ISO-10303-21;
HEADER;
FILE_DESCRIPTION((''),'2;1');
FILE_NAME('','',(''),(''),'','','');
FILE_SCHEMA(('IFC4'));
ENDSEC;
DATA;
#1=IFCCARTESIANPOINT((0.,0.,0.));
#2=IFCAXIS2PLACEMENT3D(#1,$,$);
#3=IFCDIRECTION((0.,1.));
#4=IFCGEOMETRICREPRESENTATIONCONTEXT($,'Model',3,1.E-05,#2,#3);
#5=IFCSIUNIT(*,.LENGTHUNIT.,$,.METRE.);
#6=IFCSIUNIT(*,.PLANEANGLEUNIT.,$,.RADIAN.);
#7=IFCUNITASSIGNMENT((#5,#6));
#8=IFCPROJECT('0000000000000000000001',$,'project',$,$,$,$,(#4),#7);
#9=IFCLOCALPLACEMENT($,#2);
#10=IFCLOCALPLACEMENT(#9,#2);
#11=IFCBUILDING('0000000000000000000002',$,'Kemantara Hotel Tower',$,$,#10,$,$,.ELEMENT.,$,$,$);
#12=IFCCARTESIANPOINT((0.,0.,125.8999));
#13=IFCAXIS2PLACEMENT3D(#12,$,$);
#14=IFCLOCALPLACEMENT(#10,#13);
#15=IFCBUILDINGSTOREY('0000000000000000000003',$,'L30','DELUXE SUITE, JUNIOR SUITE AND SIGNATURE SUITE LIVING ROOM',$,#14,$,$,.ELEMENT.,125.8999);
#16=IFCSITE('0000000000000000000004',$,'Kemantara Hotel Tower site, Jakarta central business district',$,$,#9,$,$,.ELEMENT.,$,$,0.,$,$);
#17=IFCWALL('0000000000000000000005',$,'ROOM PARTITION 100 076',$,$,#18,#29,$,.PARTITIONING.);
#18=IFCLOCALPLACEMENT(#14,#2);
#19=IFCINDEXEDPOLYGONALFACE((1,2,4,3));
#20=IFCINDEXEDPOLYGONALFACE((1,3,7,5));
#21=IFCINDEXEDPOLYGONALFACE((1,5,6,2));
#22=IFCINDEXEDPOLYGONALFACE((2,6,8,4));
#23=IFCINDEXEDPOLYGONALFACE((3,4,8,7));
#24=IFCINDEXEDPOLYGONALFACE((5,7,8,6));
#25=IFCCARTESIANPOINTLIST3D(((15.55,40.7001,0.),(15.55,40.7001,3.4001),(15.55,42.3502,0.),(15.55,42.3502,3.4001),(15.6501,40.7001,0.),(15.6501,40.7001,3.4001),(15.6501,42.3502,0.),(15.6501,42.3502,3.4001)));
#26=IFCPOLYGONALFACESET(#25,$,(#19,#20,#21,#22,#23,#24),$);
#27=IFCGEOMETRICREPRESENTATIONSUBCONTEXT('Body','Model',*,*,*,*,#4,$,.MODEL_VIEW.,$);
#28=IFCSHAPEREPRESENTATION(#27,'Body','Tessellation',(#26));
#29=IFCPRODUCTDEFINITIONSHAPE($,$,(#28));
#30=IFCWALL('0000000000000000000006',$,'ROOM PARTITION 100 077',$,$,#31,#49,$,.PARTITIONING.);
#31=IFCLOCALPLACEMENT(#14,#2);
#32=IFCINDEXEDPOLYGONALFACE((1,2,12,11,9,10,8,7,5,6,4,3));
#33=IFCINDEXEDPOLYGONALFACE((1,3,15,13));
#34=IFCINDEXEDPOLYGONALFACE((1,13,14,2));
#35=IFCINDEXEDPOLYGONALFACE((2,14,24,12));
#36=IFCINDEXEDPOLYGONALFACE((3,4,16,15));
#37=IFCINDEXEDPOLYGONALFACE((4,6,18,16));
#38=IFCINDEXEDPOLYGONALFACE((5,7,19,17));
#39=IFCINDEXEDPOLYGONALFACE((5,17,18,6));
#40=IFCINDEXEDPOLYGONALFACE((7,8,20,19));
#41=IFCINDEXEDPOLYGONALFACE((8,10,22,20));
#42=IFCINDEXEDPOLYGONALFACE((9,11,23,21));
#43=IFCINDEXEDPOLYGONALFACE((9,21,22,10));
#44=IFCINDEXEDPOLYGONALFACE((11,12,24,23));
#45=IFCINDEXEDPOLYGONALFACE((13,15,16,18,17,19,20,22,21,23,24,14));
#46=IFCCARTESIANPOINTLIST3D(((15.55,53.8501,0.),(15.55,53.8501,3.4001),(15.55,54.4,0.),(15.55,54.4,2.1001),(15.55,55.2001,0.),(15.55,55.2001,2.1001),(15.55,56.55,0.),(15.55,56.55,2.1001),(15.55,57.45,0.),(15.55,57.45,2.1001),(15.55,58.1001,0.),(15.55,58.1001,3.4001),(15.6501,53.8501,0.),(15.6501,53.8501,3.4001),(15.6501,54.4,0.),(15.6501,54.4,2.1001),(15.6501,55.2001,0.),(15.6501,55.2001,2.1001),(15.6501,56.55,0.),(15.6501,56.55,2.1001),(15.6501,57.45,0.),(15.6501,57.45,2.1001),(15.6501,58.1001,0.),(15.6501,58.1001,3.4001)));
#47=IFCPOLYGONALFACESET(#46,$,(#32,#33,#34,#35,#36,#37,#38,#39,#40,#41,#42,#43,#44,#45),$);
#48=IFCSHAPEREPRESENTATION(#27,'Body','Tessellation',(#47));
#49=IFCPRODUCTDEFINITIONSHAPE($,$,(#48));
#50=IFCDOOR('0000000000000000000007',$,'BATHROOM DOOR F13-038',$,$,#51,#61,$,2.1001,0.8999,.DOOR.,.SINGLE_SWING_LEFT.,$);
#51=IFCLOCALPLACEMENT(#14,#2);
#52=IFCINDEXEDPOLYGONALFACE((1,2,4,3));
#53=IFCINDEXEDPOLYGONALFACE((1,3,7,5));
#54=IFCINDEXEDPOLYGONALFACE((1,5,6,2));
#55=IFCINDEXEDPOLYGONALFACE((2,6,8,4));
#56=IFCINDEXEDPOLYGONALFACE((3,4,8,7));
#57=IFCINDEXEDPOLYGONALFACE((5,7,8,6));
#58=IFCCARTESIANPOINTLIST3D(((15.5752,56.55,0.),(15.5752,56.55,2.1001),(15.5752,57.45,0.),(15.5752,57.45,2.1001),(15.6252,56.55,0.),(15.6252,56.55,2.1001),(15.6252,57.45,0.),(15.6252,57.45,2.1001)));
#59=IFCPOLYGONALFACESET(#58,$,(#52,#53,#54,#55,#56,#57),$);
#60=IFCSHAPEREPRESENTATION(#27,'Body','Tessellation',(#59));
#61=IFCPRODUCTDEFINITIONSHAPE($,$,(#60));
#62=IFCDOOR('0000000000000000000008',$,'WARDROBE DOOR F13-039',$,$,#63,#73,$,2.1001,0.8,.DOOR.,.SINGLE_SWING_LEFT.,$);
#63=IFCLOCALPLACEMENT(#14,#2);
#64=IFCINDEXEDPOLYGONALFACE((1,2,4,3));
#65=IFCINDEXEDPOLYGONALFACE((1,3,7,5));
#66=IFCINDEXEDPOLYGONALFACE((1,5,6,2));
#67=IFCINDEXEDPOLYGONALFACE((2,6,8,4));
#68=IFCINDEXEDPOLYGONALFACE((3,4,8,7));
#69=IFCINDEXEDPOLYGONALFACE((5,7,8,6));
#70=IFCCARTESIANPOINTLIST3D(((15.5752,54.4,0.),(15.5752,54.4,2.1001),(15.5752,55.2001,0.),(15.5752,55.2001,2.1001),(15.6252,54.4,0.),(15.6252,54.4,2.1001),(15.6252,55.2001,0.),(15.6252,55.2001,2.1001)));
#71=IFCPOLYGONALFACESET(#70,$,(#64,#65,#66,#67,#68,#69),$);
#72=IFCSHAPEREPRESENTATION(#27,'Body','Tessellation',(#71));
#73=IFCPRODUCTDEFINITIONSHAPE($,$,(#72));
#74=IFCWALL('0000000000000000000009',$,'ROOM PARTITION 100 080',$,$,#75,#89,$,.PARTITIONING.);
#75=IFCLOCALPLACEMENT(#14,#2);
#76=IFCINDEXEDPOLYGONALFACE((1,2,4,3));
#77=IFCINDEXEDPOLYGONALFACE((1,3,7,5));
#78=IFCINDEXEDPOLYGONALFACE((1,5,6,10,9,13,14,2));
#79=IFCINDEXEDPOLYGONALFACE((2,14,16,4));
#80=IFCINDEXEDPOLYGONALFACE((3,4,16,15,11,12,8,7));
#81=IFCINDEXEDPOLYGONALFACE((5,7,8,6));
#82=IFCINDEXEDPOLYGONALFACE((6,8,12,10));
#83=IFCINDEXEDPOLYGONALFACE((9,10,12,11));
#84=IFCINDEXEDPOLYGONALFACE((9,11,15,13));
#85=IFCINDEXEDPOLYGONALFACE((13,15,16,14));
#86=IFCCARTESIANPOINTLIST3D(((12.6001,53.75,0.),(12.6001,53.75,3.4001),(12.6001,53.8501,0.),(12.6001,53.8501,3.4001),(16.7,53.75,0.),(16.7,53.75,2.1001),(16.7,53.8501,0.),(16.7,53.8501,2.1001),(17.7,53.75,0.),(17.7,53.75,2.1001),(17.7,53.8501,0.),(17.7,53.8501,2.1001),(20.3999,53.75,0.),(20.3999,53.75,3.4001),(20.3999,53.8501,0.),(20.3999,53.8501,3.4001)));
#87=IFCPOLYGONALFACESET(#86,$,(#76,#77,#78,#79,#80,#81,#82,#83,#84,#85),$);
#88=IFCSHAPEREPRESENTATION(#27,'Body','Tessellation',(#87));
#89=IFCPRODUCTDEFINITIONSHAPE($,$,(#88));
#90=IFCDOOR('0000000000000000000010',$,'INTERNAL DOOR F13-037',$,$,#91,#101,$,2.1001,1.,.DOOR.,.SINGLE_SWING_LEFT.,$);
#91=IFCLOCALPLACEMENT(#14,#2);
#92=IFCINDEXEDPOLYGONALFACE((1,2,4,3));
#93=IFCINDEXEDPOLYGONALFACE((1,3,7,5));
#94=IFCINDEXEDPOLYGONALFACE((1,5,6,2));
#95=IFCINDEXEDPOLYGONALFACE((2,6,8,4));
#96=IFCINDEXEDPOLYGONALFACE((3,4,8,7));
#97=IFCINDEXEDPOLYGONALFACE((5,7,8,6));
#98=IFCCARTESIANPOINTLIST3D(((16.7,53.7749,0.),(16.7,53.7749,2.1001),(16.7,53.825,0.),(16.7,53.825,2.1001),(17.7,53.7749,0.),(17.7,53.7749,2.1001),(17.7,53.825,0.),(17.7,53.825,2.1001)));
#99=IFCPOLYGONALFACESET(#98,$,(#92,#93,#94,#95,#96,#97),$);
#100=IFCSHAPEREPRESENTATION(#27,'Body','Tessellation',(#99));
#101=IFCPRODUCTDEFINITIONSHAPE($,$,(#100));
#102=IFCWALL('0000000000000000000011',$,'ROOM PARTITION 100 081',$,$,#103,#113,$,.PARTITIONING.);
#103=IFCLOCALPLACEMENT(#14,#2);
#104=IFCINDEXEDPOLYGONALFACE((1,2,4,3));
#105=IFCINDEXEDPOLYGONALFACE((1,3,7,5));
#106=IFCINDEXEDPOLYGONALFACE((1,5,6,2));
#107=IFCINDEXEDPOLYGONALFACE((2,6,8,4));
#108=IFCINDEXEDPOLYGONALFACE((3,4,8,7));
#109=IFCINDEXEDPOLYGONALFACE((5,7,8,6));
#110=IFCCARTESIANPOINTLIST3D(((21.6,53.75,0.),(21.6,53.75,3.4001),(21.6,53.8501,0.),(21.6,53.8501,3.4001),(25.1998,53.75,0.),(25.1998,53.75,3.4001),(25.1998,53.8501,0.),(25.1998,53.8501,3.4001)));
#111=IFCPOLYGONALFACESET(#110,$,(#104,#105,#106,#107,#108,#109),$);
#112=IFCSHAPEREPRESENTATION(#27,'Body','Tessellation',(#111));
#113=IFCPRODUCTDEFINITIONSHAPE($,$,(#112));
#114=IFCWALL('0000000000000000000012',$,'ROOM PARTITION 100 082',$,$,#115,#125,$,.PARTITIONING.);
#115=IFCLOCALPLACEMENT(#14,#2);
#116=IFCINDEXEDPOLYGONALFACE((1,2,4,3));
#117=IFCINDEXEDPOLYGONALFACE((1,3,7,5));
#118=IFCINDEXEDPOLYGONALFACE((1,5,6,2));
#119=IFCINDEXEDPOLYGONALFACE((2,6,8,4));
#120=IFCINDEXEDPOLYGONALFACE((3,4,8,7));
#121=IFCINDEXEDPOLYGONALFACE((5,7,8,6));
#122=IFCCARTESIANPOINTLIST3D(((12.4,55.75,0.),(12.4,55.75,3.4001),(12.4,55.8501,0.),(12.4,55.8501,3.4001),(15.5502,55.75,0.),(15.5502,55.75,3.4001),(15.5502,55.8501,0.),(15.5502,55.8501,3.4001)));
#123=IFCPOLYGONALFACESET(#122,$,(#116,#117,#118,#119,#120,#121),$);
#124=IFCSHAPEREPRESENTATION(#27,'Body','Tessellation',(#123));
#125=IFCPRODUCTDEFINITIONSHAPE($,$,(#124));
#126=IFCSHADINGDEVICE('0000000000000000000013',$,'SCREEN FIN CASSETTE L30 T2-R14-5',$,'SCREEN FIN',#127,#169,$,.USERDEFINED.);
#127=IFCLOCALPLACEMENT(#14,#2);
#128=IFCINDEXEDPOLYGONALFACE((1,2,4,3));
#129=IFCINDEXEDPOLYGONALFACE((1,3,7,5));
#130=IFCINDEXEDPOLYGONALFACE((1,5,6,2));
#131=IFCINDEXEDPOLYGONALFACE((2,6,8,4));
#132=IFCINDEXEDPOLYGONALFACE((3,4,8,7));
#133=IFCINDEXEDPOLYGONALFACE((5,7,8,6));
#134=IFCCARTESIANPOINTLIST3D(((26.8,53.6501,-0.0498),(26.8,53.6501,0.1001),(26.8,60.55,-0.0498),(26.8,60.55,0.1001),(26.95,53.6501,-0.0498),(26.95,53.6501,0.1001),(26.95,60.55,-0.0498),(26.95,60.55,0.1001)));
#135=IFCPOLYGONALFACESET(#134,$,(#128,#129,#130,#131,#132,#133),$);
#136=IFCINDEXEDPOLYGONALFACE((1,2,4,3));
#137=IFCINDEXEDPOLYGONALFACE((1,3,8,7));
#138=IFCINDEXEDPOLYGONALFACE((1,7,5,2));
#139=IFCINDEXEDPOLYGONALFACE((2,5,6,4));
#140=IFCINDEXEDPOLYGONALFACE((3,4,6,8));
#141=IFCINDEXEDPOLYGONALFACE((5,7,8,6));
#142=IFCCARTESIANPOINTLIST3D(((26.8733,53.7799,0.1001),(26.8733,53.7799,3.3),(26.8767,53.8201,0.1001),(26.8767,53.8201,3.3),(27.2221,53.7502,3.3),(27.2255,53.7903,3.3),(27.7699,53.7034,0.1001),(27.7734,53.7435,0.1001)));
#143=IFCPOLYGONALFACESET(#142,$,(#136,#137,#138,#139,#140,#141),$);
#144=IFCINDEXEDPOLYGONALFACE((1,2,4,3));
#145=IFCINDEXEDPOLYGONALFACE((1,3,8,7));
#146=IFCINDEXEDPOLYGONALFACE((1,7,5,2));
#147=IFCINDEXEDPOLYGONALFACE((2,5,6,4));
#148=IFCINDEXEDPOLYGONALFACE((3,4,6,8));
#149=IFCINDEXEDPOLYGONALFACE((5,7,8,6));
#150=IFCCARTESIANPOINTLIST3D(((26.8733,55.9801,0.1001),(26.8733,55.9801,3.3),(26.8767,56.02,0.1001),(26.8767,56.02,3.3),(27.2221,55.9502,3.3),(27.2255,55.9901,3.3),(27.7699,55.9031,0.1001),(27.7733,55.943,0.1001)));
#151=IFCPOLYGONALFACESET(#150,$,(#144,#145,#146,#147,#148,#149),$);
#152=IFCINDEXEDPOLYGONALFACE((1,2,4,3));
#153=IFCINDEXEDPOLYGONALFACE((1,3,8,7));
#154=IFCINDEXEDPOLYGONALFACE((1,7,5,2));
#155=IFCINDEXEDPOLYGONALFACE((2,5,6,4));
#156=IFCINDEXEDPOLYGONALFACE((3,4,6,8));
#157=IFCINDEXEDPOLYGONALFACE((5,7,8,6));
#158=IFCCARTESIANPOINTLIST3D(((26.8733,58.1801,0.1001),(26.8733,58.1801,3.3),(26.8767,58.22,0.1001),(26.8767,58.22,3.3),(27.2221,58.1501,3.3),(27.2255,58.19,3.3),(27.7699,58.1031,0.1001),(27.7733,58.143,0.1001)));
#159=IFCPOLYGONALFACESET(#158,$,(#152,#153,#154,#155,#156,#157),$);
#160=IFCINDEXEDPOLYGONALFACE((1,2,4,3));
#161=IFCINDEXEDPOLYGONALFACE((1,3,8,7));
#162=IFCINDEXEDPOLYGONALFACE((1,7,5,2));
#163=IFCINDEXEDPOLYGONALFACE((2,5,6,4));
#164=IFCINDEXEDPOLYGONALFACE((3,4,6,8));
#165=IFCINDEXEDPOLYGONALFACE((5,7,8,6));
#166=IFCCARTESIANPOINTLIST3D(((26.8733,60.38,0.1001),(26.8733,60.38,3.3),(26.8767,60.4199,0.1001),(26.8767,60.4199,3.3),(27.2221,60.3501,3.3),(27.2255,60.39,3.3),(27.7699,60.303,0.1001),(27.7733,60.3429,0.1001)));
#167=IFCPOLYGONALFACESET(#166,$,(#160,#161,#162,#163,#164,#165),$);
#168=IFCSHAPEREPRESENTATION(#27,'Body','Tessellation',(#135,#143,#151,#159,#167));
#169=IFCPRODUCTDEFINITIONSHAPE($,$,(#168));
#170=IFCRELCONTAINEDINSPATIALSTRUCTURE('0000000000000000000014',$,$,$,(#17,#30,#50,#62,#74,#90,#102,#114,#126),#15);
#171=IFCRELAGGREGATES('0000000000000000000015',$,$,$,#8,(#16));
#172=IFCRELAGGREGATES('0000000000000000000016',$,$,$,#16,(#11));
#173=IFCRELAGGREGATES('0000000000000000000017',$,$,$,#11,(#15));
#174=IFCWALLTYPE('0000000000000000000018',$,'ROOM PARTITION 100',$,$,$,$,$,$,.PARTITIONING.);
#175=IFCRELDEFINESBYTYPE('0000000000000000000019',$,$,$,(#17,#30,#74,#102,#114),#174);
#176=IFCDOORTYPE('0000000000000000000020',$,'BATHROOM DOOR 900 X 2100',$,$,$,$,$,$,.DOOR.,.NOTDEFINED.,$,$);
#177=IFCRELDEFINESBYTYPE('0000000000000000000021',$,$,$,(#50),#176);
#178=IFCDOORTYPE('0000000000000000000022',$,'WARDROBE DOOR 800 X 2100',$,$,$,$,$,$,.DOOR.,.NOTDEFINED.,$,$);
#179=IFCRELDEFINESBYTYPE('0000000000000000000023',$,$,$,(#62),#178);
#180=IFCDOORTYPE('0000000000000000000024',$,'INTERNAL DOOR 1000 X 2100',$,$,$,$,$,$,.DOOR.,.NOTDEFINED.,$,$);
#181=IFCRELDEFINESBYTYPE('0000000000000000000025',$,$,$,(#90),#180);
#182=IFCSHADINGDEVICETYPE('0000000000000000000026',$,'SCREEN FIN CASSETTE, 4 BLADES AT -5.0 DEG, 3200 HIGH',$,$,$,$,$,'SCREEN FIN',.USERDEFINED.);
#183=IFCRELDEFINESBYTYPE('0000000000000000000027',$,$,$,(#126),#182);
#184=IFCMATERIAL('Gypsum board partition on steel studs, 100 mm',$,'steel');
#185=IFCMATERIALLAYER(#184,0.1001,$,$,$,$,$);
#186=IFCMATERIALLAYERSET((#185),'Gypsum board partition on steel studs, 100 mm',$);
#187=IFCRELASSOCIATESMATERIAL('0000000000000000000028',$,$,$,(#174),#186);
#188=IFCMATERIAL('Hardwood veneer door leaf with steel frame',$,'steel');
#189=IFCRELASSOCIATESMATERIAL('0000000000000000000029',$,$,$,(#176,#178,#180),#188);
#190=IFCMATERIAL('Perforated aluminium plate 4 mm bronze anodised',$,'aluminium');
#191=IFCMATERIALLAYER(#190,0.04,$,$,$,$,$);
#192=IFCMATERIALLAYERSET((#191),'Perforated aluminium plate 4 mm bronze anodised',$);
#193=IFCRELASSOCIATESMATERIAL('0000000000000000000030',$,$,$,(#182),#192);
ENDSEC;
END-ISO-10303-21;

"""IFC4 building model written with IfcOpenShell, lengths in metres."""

from ifc_helpers import new_model, si_unit, direction, frame, frame_2d, origin, origin_2d, place, context, subcontext, project, spatial, polyline, rectangle, outline, extrude, source, transform, mapped, material, layer, layer_set, type_object, element, fill, save


model = new_model("IFC4")

# Units and contexts
model_context = context("Model", 3, precision=1e-05, world=origin(), true_north=direction((0.0, 1.0)))
body_context = subcontext(model_context, "Body", "Model", "MODEL_VIEW")
ifc_project = project(units=[si_unit("LENGTHUNIT", "METRE"), si_unit("PLANEANGLEUNIT", "RADIAN")], contexts=[model_context])

# Site, building, storey
site_placement = place(None, origin())
site = spatial("IfcSite", under=ifc_project, at=site_placement, Name="Kemantara Hotel Tower site, Jakarta central business district", CompositionType="ELEMENT", RefElevation=0.0)
building_placement = place(site_placement, origin())
building = spatial("IfcBuilding", under=site, at=building_placement, Name="Kemantara Hotel Tower", CompositionType="ELEMENT")
storey_placement = place(building_placement, frame((0.0, 0.0, 125.8999)))
storey = spatial("IfcBuildingStorey", under=building, at=storey_placement, Name="L30", Description="DELUXE SUITE, JUNIOR SUITE AND SIGNATURE SUITE LIVING ROOM", CompositionType="ELEMENT", Elevation=125.8999)

# Wall
ifc_material_1 = material(Name="Gypsum board partition on steel studs, 100 mm", Category="steel")
ifc_layer_1 = layer(ifc_material_1, 0.1001)
ifc_layer_set_1 = layer_set([ifc_layer_1], Name="Gypsum board partition on steel studs, 100 mm")
wall_type_1 = type_object("IfcWallType", Name="ROOM PARTITION 100", PredefinedType="PARTITIONING", material=ifc_layer_set_1)
wall_1_placement = place(storey_placement, frame((15.6001, 40.7, 0.0), z_axis=(0.0, 0.0, 1.0), x_axis=(0.0, 1.0, 0.0)))
element("IfcWall", 1, at=wall_1_placement, inside=storey, type_object=wall_type_1, Name="ROOM PARTITION 100 076", PredefinedType="PARTITIONING", context=body_context, shape_type="SweptSolid", body=[
    extrude(rectangle(XDim=1.6501, YDim=0.1001, at=frame_2d((0.8252, 0.0))), origin(), (0.0, 0.0, 1.0), 3.4001),
])

# Wall, openings, doors
wall_2_placement = place(storey_placement, frame((15.6001, 53.8501, 0.0), z_axis=(0.0, 0.0, 1.0), x_axis=(0.0, 1.0, 0.0)))
wall_2 = element("IfcWall", 2, at=wall_2_placement, inside=storey, type_object=wall_type_1, Name="ROOM PARTITION 100 077", PredefinedType="PARTITIONING", context=body_context, shape_type="SweptSolid", body=[
    extrude(rectangle(XDim=4.25, YDim=0.1001, at=frame_2d((2.125, 0.0))), origin(), (0.0, 0.0, 1.0), 3.4001),
])
opening_1_placement = place(wall_2_placement, frame((2.7, 0.0, 0.0)))
opening_1 = element("IfcOpeningElement", 3, at=opening_1_placement, cuts=wall_2, PredefinedType="OPENING", context=body_context, shape_type="SweptSolid", body=[
    extrude(rectangle(XDim=0.8999, YDim=2.1001, at=frame_2d((0.45, 1.05))), frame((0.0, 0.0601, 0.0), z_axis=(0.0, -1.0, 0.0), x_axis=(1.0, 0.0, 0.0)), (0.0, 0.0, 1.0), 0.1201),
])
opening_2_placement = place(wall_2_placement, frame((0.55, 0.0, 0.0)))
opening_2 = element("IfcOpeningElement", 4, at=opening_2_placement, cuts=wall_2, PredefinedType="OPENING", context=body_context, shape_type="SweptSolid", body=[
    extrude(rectangle(XDim=0.8, YDim=2.1001, at=frame_2d((0.3999, 1.05))), frame((0.0, 0.0601, 0.0), z_axis=(0.0, -1.0, 0.0), x_axis=(1.0, 0.0, 0.0)), (0.0, 0.0, 1.0), 0.1201),
])
ifc_material_2 = material(Name="Hardwood veneer door leaf with steel frame", Category="steel")
door_type_1 = type_object("IfcDoorType", Name="BATHROOM DOOR 900 X 2100", OperationType="NOTDEFINED", PredefinedType="DOOR", material=ifc_material_2)
door_1_placement = place(opening_1_placement, origin())
door_1 = element("IfcDoor", 5, at=door_1_placement, inside=storey, type_object=door_type_1, Name="BATHROOM DOOR F13-038", OperationType="SINGLE_SWING_LEFT", OverallHeight=2.1001, OverallWidth=0.8999, PredefinedType="DOOR", context=body_context, shape_type="SweptSolid", body=[
    extrude(rectangle(XDim=0.8999, YDim=2.1001, at=frame_2d((0.45, 1.05))), frame((0.0, 0.0249, 0.0), z_axis=(0.0, -1.0, 0.0), x_axis=(1.0, 0.0, 0.0)), (0.0, 0.0, 1.0), 0.05),
])
fill(opening_1, door_1)
door_type_2 = type_object("IfcDoorType", Name="WARDROBE DOOR 800 X 2100", OperationType="NOTDEFINED", PredefinedType="DOOR", material=ifc_material_2)
door_2_placement = place(opening_2_placement, origin())
door_2 = element("IfcDoor", 6, at=door_2_placement, inside=storey, type_object=door_type_2, Name="WARDROBE DOOR F13-039", OperationType="SINGLE_SWING_LEFT", OverallHeight=2.1001, OverallWidth=0.8, PredefinedType="DOOR", context=body_context, shape_type="SweptSolid", body=[
    extrude(rectangle(XDim=0.8, YDim=2.1001, at=frame_2d((0.3999, 1.05))), frame((0.0, 0.0249, 0.0), z_axis=(0.0, -1.0, 0.0), x_axis=(1.0, 0.0, 0.0)), (0.0, 0.0, 1.0), 0.05),
])
fill(opening_2, door_2)

# Wall, opening, door
wall_3_placement = place(storey_placement, frame((12.6001, 53.8, 0.0), z_axis=(0.0, 0.0, 1.0), x_axis=(1.0, 0.0, 0.0)))
wall_3 = element("IfcWall", 7, at=wall_3_placement, inside=storey, type_object=wall_type_1, Name="ROOM PARTITION 100 080", PredefinedType="PARTITIONING", context=body_context, shape_type="SweptSolid", body=[
    extrude(rectangle(XDim=7.7998, YDim=0.1001, at=frame_2d((3.8999, 0.0))), origin(), (0.0, 0.0, 1.0), 3.4001),
])
opening_3_placement = place(wall_3_placement, frame((4.0999, 0.0, 0.0)))
opening_3 = element("IfcOpeningElement", 8, at=opening_3_placement, cuts=wall_3, PredefinedType="OPENING", context=body_context, shape_type="SweptSolid", body=[
    extrude(rectangle(XDim=1.0, YDim=2.1001, at=frame_2d((0.5, 1.05))), frame((0.0, 0.0601, 0.0), z_axis=(0.0, -1.0, 0.0), x_axis=(1.0, 0.0, 0.0)), (0.0, 0.0, 1.0), 0.1201),
])
door_type_3 = type_object("IfcDoorType", Name="INTERNAL DOOR 1000 X 2100", OperationType="NOTDEFINED", PredefinedType="DOOR", material=ifc_material_2)
door_3_placement = place(opening_3_placement, origin())
door_3 = element("IfcDoor", 9, at=door_3_placement, inside=storey, type_object=door_type_3, Name="INTERNAL DOOR F13-037", OperationType="SINGLE_SWING_LEFT", OverallHeight=2.1001, OverallWidth=1.0, PredefinedType="DOOR", context=body_context, shape_type="SweptSolid", body=[
    extrude(rectangle(XDim=1.0, YDim=2.1001, at=frame_2d((0.5, 1.05))), frame((0.0, 0.0249, 0.0), z_axis=(0.0, -1.0, 0.0), x_axis=(1.0, 0.0, 0.0)), (0.0, 0.0, 1.0), 0.05),
])
fill(opening_3, door_3)

# Walls
wall_4_placement = place(storey_placement, frame((21.6001, 53.8, 0.0), z_axis=(0.0, 0.0, 1.0), x_axis=(1.0, 0.0, 0.0)))
element("IfcWall", 10, at=wall_4_placement, inside=storey, type_object=wall_type_1, Name="ROOM PARTITION 100 081", PredefinedType="PARTITIONING", context=body_context, shape_type="SweptSolid", body=[
    extrude(rectangle(XDim=3.5999, YDim=0.1001, at=frame_2d((1.7998, 0.0))), origin(), (0.0, 0.0, 1.0), 3.4001),
])
wall_5_placement = place(storey_placement, frame((12.3999, 55.8, 0.0), z_axis=(0.0, 0.0, 1.0), x_axis=(1.0, 0.0, 0.0)))
element("IfcWall", 11, at=wall_5_placement, inside=storey, type_object=wall_type_1, Name="ROOM PARTITION 100 082", PredefinedType="PARTITIONING", context=body_context, shape_type="SweptSolid", body=[
    extrude(rectangle(XDim=3.1501, YDim=0.1001, at=frame_2d((1.5752, 0.0))), origin(), (0.0, 0.0, 1.0), 3.4001),
])

# Shading device
ifc_material_3 = material(Name="Perforated aluminium plate 4 mm bronze anodised", Category="aluminium")
ifc_layer_2 = layer(ifc_material_3, 0.04)
ifc_layer_set_2 = layer_set([ifc_layer_2], Name="Perforated aluminium plate 4 mm bronze anodised")
shading_device_type_1 = type_object("IfcShadingDeviceType", Name="SCREEN FIN CASSETTE, 4 BLADES AT -5.0 DEG, 3200 HIGH", ElementType="SCREEN FIN", PredefinedType="USERDEFINED", material=ifc_layer_set_2)
shared_shape_1 = source(origin(), body_context, "Body", "SweptSolid", [
    extrude(rectangle(XDim=6.8999, YDim=0.1499, at=origin_2d()), frame((3.3, -0.075, -0.1499), z_axis=(0.0, 0.0, 1.0), x_axis=(1.0, 0.0, 0.0)), (0.0, 0.0, 1.0), 0.1499),
    extrude(outline(polyline([(0.0, 0.0), (0.8999, 0.0), (0.3501, 3.2), (0.0, 3.2), (0.0, 0.0)])), frame((0.02, -0.0767, 0.0), z_axis=(-0.996376, 0.085056, 0.0), x_axis=(-0.085056, -0.996376, 0.0)), (0.0, 0.0, 1.0), 0.0403),
    extrude(outline(polyline([(0.0, 0.0), (0.8999, 0.0), (0.3501, 3.2), (0.0, 3.2), (0.0, 0.0)])), frame((2.22, -0.0767, 0.0), z_axis=(-0.996332, 0.085575, 0.0), x_axis=(-0.085575, -0.996332, 0.0)), (0.0, 0.0, 1.0), 0.04),
    extrude(outline(polyline([(0.0, 0.0), (0.8999, 0.0), (0.3501, 3.2), (0.0, 3.2), (0.0, 0.0)])), frame((4.4199, -0.0767, 0.0), z_axis=(-0.996332, 0.085575, 0.0), x_axis=(-0.085575, -0.996332, 0.0)), (0.0, 0.0, 1.0), 0.04),
    extrude(outline(polyline([(0.0, 0.0), (0.8999, 0.0), (0.3501, 3.2), (0.0, 3.2), (0.0, 0.0)])), frame((6.6199, -0.0767, 0.0), z_axis=(-0.996332, 0.085575, 0.0), x_axis=(-0.085575, -0.996332, 0.0)), (0.0, 0.0, 1.0), 0.04),
])
shading_device_1_placement = place(storey_placement, frame((26.8, 53.8, 0.1001), z_axis=(0.0, 0.0, 1.0), x_axis=(0.0, 1.0, 0.0)))
element("IfcShadingDevice", 12, at=shading_device_1_placement, inside=storey, type_object=shading_device_type_1, Name="SCREEN FIN CASSETTE L30 T2-R14-5", ObjectType="SCREEN FIN", PredefinedType="USERDEFINED", context=body_context, shape_type="MappedRepresentation", body=[
    mapped(shared_shape_1, transform((0.0, 0.0, 0.0))),
])

save(model, "model.ifc")
